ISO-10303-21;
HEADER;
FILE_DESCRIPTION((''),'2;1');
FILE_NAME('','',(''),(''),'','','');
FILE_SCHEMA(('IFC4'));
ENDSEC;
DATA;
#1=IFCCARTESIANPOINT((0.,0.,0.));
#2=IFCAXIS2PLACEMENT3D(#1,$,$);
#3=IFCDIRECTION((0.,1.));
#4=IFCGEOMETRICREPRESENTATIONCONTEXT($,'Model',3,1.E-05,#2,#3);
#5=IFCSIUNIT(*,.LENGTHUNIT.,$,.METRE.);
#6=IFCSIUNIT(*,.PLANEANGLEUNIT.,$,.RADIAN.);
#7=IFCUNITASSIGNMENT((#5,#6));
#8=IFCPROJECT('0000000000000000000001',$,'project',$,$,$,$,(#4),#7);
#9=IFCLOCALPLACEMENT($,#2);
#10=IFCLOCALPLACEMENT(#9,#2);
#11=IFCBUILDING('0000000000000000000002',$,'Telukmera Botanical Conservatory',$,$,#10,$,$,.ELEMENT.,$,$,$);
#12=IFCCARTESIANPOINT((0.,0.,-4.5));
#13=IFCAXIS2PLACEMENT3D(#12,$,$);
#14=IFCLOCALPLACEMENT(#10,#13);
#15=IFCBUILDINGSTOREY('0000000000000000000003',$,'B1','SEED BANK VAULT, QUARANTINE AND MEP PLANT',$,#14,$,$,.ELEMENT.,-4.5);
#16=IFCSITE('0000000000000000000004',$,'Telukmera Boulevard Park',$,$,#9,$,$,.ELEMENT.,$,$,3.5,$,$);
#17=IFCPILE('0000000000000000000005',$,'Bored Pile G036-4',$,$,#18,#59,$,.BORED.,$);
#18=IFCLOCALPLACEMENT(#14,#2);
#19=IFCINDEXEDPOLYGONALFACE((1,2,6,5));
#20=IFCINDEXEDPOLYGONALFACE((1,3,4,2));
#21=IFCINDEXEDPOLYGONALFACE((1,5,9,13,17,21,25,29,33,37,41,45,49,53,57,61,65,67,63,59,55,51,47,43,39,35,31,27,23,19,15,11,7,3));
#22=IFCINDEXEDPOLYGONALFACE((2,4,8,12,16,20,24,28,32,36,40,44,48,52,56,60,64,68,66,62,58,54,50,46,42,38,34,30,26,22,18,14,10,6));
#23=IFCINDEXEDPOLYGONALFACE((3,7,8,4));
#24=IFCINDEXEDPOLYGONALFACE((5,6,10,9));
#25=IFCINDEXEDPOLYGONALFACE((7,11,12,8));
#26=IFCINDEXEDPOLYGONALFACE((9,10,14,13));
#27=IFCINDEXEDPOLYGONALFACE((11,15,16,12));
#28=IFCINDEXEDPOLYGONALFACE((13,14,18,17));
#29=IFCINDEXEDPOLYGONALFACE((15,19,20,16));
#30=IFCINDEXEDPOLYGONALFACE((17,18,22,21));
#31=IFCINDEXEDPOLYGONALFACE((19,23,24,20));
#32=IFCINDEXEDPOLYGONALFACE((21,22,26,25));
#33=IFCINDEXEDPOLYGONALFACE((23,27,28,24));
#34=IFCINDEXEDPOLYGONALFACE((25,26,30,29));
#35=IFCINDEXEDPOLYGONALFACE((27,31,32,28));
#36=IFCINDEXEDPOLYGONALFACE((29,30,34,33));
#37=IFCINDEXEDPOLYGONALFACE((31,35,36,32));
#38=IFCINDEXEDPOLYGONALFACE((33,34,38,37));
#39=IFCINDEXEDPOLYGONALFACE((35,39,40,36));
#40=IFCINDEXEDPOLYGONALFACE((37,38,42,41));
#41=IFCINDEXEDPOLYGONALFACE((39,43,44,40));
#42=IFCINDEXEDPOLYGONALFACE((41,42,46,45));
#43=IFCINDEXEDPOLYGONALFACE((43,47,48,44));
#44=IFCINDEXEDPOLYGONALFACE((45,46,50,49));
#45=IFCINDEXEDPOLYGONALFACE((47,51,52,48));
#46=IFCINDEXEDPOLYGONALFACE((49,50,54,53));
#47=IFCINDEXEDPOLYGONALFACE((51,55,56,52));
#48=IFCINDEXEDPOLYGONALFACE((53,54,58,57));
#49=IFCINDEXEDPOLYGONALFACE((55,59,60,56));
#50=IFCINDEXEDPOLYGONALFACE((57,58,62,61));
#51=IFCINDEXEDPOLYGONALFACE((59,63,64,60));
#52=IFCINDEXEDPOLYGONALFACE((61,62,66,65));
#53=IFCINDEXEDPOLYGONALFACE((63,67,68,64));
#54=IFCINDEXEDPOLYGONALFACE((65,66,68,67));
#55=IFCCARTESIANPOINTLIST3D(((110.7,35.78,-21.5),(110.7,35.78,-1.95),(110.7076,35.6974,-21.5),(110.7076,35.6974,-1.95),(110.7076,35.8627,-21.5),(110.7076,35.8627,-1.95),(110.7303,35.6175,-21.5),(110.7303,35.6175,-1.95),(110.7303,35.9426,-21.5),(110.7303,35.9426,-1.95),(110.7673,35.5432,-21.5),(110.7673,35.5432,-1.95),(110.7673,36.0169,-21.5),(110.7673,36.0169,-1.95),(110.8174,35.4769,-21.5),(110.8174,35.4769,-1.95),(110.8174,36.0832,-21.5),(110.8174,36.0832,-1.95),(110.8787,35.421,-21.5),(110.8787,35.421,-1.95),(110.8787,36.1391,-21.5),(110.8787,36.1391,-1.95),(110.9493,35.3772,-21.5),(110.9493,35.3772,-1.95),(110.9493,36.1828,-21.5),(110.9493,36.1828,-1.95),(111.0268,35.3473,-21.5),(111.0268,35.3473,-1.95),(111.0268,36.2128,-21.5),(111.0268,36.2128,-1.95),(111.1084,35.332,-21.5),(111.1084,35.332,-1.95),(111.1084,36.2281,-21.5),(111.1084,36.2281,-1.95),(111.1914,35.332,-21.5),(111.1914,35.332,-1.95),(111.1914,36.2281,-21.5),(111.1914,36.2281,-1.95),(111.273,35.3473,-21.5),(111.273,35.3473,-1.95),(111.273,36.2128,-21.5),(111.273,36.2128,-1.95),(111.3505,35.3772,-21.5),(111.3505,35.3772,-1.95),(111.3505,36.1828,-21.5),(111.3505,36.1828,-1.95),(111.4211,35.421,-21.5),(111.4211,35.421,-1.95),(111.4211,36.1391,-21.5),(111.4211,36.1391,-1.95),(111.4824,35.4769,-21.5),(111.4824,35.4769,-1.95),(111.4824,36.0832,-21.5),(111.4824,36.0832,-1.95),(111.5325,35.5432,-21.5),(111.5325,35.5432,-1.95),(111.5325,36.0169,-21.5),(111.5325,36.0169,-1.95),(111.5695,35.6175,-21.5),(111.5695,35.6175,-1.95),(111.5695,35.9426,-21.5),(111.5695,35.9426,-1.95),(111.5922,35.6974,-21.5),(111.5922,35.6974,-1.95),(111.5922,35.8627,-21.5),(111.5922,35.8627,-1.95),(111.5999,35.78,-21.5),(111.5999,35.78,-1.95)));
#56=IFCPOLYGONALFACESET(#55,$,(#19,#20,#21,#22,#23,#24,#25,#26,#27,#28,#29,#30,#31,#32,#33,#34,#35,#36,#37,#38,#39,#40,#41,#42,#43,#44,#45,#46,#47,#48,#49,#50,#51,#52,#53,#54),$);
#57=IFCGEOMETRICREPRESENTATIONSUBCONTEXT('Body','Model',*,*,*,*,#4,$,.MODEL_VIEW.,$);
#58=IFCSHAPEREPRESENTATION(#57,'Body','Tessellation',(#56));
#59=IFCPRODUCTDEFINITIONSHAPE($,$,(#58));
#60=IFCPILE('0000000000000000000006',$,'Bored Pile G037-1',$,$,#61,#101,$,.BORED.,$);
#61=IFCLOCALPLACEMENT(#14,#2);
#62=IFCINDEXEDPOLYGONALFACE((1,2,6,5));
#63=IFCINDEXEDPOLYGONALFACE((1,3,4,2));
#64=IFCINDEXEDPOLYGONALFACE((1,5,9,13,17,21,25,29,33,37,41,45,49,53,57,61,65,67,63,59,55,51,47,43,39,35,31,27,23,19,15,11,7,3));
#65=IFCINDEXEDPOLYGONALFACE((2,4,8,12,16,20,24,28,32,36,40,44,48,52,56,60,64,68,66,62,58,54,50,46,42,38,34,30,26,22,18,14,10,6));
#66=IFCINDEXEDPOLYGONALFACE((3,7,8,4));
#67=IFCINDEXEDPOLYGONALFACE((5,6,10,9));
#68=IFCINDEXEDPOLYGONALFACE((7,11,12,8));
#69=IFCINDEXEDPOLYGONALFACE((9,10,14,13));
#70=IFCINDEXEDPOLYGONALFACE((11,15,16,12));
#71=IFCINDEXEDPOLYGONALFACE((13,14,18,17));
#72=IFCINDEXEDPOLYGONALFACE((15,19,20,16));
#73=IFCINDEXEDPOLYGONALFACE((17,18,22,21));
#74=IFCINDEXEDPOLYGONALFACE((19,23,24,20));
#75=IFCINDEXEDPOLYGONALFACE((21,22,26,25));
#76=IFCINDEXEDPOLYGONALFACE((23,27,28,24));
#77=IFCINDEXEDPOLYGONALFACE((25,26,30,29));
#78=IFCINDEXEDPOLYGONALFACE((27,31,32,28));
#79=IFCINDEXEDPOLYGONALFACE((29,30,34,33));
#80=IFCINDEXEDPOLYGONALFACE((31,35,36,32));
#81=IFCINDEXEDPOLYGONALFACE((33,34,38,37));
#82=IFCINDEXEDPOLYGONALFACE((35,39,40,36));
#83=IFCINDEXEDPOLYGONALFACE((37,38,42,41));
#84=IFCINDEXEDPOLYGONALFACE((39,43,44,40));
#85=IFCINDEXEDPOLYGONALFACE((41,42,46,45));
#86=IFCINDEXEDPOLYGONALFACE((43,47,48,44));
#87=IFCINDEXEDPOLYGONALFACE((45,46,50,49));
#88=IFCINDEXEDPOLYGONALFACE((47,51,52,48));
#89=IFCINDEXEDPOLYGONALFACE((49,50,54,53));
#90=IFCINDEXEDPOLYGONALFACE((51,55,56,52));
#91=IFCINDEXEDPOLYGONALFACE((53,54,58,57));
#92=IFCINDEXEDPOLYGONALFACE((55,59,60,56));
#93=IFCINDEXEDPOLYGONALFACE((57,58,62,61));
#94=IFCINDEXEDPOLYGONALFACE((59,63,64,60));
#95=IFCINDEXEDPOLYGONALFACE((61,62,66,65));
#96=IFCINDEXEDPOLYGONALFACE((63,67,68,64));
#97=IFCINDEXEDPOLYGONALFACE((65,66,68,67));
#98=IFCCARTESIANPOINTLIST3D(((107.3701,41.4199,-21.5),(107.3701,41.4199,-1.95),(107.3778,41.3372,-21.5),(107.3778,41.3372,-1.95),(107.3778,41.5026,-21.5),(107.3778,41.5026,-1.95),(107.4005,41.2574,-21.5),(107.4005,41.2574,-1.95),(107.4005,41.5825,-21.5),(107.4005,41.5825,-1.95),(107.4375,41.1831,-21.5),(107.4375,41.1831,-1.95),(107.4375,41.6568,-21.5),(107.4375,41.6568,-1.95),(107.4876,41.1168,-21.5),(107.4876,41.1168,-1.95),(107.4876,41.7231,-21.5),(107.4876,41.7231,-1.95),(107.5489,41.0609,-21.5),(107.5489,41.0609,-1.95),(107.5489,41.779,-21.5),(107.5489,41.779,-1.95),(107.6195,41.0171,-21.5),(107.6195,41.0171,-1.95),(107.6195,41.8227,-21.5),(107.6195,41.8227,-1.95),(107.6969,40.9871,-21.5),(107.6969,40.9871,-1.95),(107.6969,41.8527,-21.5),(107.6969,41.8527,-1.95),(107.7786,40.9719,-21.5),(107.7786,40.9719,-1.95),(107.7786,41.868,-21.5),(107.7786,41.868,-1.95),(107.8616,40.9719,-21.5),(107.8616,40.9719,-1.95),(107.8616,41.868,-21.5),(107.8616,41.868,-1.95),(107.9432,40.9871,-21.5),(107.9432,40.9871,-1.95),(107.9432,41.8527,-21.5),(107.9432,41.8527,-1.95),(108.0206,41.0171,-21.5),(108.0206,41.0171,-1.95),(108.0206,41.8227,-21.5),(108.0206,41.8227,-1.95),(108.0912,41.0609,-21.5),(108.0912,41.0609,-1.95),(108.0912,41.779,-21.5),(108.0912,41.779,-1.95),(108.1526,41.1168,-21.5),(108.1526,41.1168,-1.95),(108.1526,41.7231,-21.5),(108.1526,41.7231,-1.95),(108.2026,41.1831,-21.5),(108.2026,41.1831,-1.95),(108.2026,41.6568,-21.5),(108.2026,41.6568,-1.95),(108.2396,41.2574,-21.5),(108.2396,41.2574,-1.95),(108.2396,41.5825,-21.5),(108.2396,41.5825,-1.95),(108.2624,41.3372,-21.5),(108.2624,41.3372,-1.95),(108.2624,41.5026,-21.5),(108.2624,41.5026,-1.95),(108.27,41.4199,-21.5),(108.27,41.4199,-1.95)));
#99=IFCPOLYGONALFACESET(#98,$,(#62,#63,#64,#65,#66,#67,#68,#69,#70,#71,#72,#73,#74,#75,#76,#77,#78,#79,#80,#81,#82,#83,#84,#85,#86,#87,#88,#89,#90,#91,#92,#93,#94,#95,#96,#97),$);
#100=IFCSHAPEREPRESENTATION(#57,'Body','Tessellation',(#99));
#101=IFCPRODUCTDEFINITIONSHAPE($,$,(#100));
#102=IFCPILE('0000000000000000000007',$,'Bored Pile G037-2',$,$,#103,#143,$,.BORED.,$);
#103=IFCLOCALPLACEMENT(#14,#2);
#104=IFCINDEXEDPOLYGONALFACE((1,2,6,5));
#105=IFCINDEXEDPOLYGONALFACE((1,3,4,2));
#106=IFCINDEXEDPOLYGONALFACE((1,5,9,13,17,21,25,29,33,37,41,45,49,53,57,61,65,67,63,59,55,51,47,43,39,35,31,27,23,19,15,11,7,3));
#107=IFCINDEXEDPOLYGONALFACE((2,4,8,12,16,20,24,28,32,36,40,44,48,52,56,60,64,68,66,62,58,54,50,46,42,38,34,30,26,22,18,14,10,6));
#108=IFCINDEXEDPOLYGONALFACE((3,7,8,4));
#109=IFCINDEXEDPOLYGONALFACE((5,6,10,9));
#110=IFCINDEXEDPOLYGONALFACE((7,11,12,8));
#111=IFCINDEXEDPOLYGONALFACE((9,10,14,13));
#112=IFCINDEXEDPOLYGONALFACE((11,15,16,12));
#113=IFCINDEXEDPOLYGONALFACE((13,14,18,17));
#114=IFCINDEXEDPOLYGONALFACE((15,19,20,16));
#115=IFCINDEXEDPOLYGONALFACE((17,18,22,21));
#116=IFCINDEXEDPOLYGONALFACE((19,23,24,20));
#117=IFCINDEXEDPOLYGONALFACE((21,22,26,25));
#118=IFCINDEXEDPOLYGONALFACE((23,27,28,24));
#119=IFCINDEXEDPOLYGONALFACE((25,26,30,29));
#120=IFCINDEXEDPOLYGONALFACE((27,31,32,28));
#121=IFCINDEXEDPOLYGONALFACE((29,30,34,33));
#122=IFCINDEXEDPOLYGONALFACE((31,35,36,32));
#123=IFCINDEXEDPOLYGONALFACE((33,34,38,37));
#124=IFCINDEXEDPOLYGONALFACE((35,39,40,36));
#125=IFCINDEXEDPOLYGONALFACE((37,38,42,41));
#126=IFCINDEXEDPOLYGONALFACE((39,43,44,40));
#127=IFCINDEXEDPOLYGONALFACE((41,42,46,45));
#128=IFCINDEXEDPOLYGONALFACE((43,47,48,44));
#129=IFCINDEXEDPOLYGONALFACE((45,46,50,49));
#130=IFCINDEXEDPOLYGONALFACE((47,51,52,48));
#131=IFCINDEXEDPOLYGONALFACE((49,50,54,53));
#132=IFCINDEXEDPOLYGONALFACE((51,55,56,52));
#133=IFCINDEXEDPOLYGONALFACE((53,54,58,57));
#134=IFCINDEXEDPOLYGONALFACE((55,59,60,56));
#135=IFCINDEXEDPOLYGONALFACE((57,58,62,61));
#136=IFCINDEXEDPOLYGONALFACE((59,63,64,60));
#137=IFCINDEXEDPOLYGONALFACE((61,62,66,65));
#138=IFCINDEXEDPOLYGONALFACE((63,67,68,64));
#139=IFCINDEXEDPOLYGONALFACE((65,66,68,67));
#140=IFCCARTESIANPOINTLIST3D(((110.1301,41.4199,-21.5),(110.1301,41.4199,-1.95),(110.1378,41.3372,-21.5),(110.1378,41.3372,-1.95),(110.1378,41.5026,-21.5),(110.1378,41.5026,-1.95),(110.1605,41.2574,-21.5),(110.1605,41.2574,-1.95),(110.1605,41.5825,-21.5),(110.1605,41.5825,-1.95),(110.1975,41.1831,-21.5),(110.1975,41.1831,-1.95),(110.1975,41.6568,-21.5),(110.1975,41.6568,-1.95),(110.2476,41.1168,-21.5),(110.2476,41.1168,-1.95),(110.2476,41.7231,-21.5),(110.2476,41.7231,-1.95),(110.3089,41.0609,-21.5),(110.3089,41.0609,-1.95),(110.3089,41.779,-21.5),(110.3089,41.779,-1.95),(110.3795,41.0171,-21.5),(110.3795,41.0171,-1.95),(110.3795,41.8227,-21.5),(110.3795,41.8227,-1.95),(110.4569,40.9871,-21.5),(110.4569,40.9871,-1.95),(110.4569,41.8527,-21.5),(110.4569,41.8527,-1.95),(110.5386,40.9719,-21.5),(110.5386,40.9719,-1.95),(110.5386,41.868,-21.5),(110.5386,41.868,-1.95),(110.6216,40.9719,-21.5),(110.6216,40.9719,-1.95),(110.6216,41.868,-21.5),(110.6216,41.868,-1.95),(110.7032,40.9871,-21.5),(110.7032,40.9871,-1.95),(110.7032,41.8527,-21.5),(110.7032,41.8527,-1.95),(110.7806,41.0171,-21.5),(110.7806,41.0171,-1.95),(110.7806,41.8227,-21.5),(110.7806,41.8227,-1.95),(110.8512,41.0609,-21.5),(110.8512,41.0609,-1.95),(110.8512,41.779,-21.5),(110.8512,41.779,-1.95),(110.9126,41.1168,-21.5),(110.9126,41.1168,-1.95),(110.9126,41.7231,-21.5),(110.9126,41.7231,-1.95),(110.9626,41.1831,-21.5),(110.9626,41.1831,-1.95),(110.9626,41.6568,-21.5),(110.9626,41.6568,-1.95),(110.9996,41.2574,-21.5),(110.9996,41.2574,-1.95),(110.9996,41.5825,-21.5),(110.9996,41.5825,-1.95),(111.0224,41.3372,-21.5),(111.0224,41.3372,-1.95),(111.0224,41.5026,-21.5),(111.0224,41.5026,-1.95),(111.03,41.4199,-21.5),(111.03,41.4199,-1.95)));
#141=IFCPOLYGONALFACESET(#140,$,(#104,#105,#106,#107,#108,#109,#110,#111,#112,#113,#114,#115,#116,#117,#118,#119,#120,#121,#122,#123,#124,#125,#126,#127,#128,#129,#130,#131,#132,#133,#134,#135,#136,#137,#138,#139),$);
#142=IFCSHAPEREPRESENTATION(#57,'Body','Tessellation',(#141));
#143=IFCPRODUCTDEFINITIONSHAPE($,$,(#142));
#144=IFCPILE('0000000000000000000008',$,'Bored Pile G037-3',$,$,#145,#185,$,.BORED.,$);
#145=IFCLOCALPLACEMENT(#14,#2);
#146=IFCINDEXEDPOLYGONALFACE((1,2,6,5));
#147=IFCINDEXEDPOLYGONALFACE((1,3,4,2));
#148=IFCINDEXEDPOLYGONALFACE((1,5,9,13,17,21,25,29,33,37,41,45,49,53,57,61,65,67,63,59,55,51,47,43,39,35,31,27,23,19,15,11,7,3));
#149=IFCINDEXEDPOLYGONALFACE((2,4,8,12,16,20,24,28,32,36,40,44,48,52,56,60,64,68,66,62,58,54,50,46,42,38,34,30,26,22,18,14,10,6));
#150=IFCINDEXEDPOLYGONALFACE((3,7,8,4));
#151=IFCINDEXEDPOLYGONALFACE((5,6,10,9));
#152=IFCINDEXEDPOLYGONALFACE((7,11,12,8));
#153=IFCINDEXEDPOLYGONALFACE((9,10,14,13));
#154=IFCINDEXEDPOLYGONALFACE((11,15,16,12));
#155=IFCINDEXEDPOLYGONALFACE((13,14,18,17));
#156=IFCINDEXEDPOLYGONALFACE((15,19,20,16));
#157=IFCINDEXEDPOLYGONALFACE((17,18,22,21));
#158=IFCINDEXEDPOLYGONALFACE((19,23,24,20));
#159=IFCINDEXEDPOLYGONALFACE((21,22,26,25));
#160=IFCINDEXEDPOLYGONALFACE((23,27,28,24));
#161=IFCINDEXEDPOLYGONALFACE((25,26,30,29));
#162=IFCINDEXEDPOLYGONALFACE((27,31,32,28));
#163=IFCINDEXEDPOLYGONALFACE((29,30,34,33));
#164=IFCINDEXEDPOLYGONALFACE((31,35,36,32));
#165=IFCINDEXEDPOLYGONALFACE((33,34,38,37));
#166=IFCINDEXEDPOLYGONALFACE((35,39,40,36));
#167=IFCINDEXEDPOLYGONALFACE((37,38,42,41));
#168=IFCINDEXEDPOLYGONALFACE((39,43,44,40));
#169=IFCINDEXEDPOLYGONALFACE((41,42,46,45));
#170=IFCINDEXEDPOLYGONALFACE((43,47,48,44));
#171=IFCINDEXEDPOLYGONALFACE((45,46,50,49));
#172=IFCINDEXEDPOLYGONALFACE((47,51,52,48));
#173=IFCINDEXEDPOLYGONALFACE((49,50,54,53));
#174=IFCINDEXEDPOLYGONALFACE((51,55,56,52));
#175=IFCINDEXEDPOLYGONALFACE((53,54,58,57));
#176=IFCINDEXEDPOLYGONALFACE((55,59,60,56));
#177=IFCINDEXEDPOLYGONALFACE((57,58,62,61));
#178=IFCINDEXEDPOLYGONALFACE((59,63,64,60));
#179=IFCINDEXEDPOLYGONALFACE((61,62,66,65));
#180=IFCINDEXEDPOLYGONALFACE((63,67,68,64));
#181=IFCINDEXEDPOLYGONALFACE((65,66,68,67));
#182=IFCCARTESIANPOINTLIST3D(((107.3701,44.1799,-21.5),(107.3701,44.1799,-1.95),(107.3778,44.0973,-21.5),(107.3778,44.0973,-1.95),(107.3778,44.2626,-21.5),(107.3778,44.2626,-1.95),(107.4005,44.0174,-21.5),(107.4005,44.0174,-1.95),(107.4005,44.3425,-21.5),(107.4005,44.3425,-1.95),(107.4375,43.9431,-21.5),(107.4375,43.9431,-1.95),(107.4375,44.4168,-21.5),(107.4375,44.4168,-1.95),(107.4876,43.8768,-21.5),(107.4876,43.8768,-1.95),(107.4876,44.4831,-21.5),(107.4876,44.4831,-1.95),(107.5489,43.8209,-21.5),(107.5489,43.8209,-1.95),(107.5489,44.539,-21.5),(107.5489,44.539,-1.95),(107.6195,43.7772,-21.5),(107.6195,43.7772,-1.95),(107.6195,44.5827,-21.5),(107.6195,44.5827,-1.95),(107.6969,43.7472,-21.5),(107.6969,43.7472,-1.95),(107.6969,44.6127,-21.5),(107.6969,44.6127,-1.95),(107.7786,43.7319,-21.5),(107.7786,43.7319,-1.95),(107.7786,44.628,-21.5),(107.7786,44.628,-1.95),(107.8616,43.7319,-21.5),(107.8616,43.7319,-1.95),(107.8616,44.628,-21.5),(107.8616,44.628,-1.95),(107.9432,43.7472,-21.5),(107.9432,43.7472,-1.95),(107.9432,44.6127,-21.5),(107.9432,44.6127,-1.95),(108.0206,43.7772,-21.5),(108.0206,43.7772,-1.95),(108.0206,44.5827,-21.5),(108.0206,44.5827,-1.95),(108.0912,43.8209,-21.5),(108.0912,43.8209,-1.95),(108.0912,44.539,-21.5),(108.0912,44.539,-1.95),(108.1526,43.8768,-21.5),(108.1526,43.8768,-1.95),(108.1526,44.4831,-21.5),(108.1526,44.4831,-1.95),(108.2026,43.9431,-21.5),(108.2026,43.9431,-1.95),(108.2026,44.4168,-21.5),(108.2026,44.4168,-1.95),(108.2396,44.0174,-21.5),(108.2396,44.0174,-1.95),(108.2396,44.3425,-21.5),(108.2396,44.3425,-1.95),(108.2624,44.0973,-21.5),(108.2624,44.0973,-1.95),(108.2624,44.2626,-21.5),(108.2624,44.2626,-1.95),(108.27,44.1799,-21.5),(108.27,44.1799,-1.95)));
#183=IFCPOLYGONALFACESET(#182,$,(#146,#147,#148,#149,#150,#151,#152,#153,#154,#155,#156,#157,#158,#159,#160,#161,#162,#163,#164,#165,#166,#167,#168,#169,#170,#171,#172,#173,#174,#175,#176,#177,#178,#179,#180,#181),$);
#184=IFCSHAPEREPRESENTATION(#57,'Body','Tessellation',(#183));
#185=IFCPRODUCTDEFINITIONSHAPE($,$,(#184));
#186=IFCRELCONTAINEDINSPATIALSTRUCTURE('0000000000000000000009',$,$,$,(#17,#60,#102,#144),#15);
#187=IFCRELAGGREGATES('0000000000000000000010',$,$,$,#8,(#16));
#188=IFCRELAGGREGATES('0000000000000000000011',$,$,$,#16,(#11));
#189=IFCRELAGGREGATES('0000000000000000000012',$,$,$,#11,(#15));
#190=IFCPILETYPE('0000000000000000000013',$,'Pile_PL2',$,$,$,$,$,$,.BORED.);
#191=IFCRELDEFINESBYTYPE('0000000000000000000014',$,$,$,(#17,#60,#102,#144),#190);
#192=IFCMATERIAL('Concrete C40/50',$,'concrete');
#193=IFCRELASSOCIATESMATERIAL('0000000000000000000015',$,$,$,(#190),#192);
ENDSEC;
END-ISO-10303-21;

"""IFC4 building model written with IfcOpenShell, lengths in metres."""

from ifc_helpers import new_model, si_unit, direction, frame, origin, origin_2d, place, context, subcontext, project, spatial, circle, extrude, material, material_profile, profile_set, type_object, element, save


model = new_model("IFC4")

# Units and contexts
model_context = context("Model", 3, precision=1e-05, world=origin(), true_north=direction((0.0, 1.0)))
body_context = subcontext(model_context, "Body", "Model", "MODEL_VIEW")
ifc_project = project(units=[si_unit("LENGTHUNIT", "METRE"), si_unit("PLANEANGLEUNIT", "RADIAN")], contexts=[model_context])

# Site, building, storey
site_placement = place(None, origin())
site = spatial("IfcSite", under=ifc_project, at=site_placement, Name="Telukmera Boulevard Park", CompositionType="ELEMENT", RefElevation=3.5)
building_placement = place(site_placement, origin())
building = spatial("IfcBuilding", under=site, at=building_placement, Name="Telukmera Botanical Conservatory", CompositionType="ELEMENT")
storey_placement = place(building_placement, frame((0.0, 0.0, -4.5)))
storey = spatial("IfcBuildingStorey", under=building, at=storey_placement, Name="B1", Description="SEED BANK VAULT, QUARANTINE AND MEP PLANT", CompositionType="ELEMENT", Elevation=-4.5)

# Shared definitions
ifc_material_1 = material(Name="Concrete C40/50", Category="concrete")

# Piles
ifc_material_profile_1 = material_profile(ifc_material_1, circle(Radius=0.45, at=origin_2d()), Name="PILE D900")
ifc_profile_set_1 = profile_set([ifc_material_profile_1], Name="Concrete C40/50")
pile_type_1 = type_object("IfcPileType", Name="Pile_PL2", PredefinedType="BORED", material=ifc_profile_set_1)
for number, where, z_axis, x_axis, name in (
    (1, (111.1499, 35.78, -1.95), (0.0, 0.0, -1.0), (1.0, 0.0, 0.0), "Bored Pile G036-4"),
    (2, (107.8201, 41.4199, -1.95), (0.0, 0.0, -1.0), (1.0, 0.0, 0.0), "Bored Pile G037-1"),
    (3, (110.5801, 41.4199, -1.95), (0.0, 0.0, -1.0), (1.0, 0.0, 0.0), "Bored Pile G037-2"),
    (4, (107.8201, 44.1799, -1.95), (0.0, 0.0, -1.0), (1.0, 0.0, 0.0), "Bored Pile G037-3"),
):
    element("IfcPile", number, at=place(storey_placement, frame(where, z_axis=z_axis, x_axis=x_axis)), inside=storey, type_object=pile_type_1, Name=name, PredefinedType="BORED", context=body_context, shape_type="SweptSolid", body=[
        extrude(circle(Radius=0.45, at=origin_2d()), origin(), (0.0, 0.0, 1.0), 19.55),
    ])

save(model, "model.ifc")
